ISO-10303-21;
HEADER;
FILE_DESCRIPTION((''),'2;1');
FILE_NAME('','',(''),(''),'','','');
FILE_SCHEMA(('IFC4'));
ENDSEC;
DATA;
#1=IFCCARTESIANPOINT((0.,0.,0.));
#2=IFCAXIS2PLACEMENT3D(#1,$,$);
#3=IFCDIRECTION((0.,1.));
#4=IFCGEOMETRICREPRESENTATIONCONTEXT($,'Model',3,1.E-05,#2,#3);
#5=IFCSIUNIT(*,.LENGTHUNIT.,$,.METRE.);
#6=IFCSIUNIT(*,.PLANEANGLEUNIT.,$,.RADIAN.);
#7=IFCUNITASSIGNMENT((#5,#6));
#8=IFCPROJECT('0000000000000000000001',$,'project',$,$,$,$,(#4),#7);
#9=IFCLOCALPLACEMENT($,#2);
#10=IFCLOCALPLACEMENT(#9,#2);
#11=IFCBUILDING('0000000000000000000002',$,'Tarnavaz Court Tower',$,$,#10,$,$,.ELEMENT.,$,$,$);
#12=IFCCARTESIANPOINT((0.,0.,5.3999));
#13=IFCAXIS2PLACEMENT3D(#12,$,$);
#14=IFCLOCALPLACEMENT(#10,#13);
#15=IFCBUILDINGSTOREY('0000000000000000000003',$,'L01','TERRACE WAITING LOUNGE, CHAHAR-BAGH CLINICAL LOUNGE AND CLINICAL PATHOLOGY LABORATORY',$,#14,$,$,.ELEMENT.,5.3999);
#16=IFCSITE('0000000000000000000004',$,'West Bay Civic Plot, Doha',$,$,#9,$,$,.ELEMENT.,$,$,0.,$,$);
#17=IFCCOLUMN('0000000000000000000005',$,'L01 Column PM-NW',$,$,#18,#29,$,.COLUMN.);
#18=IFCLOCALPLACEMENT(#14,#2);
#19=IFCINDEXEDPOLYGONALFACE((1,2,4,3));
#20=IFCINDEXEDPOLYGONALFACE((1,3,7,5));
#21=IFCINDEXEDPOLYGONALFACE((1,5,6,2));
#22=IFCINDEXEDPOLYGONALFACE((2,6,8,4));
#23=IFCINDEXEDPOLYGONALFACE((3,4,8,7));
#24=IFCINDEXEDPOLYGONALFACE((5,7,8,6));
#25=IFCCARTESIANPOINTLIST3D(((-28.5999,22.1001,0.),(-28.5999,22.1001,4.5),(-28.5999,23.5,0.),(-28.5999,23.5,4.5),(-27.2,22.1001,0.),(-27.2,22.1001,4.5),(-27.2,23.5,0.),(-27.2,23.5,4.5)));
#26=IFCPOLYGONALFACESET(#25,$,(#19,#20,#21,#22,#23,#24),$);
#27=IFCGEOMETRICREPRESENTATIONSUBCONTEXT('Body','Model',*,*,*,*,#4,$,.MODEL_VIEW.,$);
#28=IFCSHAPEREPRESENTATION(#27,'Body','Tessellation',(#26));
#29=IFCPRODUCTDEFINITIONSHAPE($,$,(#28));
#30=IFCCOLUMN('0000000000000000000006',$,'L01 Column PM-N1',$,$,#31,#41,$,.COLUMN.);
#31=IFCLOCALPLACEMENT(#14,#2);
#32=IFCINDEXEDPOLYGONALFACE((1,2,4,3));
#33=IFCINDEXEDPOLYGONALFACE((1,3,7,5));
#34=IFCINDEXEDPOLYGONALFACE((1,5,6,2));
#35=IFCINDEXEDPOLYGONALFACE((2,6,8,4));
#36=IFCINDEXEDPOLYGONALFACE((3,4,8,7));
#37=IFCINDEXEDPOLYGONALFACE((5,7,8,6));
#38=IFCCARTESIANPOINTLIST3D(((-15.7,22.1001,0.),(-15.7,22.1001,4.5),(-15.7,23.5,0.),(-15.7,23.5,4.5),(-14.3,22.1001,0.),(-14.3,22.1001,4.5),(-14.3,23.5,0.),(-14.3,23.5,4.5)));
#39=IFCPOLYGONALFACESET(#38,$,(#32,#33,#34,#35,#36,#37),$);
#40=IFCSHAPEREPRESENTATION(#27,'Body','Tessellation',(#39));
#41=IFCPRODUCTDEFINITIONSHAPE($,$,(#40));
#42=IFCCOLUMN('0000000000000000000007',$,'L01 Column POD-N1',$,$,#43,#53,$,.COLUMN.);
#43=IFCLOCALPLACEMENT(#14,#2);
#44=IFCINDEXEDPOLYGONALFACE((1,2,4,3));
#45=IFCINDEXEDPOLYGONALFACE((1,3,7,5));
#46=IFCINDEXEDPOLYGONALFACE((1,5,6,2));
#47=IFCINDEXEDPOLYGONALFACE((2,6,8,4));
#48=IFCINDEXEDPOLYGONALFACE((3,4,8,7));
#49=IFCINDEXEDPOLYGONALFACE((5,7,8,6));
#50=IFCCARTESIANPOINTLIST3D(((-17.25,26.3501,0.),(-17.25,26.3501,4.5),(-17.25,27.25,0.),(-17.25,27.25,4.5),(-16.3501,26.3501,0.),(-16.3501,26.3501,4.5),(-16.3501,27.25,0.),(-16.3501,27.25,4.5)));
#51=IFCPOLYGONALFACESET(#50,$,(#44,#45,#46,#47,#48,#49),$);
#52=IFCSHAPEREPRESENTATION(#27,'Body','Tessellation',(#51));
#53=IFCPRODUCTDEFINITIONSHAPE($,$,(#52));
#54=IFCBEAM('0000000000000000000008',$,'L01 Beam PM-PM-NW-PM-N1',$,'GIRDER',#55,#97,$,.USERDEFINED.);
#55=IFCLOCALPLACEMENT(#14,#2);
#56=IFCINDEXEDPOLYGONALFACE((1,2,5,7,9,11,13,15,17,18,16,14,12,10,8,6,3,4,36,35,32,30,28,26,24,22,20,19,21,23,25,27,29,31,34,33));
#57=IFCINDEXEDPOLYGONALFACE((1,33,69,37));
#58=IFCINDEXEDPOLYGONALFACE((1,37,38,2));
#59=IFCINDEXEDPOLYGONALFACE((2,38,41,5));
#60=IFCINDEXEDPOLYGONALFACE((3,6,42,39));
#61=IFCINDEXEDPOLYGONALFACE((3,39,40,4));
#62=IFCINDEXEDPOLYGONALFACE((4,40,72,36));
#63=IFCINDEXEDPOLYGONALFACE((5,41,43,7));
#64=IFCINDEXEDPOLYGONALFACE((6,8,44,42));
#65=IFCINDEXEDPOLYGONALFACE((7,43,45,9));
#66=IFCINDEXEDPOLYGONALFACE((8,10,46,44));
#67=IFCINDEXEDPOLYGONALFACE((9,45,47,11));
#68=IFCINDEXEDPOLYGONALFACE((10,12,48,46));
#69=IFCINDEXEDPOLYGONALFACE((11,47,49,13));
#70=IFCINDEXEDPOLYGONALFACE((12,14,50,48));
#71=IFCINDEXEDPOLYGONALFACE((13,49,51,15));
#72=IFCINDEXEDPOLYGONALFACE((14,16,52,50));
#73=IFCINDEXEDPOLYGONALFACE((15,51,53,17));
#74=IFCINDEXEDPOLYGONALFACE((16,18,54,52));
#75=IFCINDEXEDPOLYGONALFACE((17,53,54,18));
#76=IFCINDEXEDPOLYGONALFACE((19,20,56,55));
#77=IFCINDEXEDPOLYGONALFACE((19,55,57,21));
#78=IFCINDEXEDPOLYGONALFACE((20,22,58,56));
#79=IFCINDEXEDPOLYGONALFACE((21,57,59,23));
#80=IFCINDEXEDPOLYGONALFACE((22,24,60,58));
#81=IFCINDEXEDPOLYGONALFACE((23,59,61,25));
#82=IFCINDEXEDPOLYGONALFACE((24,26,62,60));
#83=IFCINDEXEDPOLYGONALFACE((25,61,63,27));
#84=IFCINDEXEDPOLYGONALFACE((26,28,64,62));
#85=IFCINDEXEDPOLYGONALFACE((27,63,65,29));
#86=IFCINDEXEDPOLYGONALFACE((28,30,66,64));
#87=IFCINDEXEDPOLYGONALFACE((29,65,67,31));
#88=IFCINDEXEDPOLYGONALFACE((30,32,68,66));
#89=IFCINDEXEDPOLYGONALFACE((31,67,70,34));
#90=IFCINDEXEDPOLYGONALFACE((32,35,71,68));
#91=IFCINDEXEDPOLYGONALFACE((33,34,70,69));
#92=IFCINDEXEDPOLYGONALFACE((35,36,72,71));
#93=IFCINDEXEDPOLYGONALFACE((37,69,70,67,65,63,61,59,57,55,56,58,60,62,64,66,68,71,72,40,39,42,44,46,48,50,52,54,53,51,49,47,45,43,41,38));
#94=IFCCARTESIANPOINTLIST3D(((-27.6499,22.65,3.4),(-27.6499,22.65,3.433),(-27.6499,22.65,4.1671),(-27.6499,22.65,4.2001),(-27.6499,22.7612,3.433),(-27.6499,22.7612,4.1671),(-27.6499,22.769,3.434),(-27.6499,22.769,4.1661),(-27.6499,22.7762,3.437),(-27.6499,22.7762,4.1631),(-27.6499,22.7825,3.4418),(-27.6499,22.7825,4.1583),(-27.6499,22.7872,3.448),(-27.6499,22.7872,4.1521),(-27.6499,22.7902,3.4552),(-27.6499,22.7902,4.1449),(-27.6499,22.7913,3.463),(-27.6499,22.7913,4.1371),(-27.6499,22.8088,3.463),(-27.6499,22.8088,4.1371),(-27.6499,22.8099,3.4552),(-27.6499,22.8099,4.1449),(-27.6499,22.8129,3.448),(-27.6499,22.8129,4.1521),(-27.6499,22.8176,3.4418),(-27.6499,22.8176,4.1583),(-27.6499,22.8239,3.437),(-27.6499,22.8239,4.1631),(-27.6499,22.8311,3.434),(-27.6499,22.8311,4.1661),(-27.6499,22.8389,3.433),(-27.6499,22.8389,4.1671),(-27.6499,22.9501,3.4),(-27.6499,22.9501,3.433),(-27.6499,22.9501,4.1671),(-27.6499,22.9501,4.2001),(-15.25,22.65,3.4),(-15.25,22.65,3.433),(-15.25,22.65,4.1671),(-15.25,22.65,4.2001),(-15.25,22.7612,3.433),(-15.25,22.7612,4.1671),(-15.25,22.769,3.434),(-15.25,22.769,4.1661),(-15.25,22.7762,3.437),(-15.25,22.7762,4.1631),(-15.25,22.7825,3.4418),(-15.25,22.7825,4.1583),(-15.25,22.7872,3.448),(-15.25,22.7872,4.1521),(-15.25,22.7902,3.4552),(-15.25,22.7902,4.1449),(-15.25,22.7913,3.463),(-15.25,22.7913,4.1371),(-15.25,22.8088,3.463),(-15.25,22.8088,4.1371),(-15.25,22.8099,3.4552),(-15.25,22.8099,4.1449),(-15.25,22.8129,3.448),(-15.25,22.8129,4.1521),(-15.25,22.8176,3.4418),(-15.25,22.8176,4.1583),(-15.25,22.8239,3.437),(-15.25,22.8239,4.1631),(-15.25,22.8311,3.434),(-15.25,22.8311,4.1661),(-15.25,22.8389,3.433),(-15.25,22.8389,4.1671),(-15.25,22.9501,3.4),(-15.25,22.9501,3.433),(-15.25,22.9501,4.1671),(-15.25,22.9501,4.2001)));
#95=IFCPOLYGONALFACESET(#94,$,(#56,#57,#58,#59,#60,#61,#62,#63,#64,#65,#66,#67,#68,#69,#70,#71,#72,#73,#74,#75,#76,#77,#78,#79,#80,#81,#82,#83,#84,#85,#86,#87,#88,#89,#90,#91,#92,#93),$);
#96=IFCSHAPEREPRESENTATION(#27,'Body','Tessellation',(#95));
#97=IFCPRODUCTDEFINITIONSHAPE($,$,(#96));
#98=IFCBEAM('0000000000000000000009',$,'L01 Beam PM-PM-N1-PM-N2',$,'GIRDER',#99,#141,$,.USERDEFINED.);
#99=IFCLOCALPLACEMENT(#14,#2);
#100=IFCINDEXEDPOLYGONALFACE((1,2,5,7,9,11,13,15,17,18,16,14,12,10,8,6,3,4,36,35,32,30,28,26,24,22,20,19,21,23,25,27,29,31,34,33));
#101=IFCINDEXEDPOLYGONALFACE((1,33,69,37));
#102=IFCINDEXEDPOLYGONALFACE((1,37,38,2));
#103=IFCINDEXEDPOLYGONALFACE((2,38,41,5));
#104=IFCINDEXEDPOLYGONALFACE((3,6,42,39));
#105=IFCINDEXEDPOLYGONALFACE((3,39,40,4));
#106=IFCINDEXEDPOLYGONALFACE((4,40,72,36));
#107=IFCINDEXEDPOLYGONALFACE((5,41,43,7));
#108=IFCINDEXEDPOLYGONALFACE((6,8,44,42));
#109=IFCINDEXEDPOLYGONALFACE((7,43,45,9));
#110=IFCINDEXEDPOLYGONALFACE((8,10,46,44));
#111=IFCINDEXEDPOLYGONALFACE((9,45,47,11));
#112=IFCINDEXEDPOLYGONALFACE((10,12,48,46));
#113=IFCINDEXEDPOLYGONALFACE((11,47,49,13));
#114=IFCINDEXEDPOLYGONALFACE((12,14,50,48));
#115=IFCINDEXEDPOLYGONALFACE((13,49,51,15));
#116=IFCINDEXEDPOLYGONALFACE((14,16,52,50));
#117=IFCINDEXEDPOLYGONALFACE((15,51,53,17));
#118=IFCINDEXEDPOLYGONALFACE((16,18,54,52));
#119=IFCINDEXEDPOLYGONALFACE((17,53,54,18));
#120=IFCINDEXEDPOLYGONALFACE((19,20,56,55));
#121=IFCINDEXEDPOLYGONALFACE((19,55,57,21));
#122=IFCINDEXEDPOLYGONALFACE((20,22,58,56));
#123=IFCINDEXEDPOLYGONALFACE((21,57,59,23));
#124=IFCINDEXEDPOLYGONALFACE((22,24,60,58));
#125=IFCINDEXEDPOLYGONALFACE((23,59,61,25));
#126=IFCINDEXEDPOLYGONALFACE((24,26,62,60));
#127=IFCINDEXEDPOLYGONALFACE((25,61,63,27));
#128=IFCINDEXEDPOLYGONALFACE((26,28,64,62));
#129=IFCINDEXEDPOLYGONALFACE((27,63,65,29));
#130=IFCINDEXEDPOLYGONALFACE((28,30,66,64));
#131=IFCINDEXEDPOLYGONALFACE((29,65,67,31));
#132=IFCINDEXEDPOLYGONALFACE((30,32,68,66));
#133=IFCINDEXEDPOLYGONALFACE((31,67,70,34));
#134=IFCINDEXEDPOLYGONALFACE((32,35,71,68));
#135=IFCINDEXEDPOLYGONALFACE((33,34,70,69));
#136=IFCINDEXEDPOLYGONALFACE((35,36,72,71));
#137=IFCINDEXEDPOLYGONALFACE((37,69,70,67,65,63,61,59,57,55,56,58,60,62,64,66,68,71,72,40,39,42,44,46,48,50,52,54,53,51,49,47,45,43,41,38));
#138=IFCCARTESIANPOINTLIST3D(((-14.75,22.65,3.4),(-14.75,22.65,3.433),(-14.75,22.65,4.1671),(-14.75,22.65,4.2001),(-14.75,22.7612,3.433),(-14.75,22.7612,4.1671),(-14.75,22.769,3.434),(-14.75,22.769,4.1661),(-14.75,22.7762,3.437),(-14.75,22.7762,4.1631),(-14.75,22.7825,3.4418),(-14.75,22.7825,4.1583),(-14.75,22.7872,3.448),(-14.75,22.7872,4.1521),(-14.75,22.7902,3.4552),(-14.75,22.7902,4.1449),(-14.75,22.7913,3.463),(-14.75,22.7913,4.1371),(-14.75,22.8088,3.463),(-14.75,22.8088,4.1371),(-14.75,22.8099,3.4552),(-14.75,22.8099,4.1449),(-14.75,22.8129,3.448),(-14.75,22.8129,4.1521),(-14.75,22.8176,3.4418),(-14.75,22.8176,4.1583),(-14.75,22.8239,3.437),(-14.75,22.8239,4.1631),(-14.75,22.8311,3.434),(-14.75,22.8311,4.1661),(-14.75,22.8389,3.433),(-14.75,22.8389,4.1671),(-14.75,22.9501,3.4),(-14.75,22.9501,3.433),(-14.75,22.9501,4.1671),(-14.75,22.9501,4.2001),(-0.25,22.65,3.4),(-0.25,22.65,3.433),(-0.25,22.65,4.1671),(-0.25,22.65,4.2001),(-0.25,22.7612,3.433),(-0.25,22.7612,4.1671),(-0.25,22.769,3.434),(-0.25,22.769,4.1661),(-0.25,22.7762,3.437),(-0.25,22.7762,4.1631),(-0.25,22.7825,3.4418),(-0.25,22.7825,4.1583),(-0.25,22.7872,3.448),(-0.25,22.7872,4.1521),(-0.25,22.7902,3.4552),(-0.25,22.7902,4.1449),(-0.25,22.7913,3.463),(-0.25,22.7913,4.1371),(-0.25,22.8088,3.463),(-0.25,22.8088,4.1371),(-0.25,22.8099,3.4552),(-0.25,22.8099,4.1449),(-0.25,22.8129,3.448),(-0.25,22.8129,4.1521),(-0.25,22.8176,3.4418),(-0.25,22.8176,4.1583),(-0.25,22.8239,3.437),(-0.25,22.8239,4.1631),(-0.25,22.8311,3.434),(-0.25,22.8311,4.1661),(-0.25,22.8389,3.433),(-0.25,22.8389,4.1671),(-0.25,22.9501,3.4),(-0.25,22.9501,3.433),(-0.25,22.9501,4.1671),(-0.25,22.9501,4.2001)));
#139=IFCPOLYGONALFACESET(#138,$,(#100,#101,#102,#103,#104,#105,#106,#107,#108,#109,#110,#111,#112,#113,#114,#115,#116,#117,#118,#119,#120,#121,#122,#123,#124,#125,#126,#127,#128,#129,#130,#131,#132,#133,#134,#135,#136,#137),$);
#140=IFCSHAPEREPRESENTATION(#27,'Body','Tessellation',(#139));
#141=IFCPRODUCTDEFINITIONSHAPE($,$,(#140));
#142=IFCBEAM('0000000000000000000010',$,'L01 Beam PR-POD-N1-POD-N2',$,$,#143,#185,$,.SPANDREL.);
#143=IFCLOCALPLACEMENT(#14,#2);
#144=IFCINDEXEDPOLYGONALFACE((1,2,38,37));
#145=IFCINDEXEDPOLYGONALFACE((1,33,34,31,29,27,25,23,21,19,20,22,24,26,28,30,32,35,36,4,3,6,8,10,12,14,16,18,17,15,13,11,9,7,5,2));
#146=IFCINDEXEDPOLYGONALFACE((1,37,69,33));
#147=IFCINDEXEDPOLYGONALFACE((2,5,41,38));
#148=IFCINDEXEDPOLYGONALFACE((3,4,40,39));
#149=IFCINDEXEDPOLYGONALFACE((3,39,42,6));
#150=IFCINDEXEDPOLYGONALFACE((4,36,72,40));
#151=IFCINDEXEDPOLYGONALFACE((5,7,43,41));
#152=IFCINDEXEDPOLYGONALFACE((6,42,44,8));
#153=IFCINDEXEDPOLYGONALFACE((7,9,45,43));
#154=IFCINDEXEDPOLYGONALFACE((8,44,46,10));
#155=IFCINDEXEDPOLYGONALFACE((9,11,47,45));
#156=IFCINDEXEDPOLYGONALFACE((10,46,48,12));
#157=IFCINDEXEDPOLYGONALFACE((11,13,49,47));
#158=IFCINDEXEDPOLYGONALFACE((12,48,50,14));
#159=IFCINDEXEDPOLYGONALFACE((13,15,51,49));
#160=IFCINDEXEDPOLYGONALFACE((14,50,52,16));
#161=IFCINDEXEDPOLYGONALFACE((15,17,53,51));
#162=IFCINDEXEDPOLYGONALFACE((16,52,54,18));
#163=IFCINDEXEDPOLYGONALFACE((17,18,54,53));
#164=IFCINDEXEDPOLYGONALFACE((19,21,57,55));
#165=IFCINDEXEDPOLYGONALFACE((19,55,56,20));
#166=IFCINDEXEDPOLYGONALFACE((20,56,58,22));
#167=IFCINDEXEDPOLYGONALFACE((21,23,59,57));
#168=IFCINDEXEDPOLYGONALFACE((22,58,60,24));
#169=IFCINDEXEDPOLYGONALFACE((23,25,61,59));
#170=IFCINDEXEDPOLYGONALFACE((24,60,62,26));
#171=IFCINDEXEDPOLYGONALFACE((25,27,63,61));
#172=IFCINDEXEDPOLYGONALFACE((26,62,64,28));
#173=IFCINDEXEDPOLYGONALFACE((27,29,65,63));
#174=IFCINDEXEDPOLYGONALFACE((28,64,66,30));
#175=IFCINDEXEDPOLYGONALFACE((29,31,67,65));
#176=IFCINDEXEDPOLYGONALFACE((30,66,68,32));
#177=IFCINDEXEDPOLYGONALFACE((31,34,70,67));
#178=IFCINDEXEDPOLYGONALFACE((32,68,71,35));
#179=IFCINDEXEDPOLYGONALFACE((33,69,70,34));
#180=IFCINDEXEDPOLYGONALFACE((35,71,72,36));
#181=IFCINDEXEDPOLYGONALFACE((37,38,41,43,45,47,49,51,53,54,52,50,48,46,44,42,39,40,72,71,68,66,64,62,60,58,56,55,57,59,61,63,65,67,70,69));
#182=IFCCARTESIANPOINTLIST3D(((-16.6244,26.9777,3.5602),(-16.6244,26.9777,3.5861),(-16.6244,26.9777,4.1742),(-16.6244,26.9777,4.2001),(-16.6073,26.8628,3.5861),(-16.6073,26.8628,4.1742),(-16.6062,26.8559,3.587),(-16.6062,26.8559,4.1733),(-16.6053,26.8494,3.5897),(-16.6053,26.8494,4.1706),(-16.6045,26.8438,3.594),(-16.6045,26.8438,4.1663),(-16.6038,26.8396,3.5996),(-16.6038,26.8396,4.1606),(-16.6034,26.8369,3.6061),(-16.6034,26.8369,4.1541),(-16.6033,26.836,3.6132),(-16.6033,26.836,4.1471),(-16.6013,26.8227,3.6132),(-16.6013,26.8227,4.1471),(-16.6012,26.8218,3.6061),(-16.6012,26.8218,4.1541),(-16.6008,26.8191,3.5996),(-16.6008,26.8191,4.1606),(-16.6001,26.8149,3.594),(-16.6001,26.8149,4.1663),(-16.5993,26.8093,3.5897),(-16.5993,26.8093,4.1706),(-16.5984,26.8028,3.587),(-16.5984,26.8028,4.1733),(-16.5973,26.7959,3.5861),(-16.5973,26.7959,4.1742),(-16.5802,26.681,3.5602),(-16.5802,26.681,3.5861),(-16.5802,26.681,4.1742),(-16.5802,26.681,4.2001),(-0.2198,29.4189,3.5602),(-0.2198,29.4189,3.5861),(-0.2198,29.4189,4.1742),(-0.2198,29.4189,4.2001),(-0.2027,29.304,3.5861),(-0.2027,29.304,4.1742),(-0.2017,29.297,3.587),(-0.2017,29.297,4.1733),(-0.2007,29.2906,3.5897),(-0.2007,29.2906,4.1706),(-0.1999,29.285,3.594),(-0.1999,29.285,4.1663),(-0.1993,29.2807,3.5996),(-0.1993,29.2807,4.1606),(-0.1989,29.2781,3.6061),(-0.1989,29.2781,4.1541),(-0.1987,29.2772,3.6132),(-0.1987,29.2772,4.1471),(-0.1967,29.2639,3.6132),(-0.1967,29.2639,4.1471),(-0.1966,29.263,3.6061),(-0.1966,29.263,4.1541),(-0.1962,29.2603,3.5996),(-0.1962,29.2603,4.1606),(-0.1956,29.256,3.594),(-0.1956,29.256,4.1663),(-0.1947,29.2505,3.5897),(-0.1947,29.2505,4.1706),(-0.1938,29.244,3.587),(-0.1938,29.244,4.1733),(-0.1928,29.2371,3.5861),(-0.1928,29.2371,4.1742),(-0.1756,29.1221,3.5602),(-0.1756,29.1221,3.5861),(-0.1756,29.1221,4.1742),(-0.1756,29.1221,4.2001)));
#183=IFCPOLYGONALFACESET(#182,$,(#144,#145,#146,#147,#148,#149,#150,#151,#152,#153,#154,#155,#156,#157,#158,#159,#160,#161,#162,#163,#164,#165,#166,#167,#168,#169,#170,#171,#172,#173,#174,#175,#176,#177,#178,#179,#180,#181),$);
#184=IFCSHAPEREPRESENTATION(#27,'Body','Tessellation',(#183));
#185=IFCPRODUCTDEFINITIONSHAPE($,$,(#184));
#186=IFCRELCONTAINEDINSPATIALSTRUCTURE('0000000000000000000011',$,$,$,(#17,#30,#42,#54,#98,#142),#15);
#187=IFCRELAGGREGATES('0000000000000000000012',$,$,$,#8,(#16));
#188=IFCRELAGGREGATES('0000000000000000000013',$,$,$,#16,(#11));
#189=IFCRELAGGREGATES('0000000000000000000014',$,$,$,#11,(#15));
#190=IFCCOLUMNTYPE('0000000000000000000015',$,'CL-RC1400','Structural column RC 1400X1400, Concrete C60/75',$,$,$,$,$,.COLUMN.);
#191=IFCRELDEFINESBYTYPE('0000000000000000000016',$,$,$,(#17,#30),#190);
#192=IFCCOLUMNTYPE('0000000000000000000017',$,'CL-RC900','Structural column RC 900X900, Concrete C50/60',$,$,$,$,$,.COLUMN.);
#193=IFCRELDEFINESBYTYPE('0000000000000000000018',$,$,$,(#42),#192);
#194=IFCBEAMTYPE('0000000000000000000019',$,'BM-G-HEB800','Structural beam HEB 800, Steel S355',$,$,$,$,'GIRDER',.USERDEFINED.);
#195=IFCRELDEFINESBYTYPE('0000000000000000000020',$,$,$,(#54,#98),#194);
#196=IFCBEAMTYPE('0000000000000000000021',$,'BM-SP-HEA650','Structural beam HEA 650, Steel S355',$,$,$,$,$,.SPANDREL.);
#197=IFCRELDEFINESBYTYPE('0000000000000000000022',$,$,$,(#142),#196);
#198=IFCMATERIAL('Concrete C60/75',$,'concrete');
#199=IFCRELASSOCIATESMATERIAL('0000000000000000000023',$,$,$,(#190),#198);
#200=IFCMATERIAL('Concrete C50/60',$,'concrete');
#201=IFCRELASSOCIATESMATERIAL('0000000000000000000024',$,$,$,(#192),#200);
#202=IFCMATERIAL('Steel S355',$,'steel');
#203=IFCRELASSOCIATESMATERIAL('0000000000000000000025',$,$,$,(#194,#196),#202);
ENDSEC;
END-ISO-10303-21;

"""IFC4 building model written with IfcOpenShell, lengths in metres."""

from ifc_helpers import new_model, si_unit, direction, frame, origin, origin_2d, place, context, subcontext, project, spatial, rectangle, i_section, extrude, material, material_profile, profile_set, type_object, element, save


model = new_model("IFC4")

# Units and contexts
model_context = context("Model", 3, precision=1e-05, world=origin(), true_north=direction((0.0, 1.0)))
body_context = subcontext(model_context, "Body", "Model", "MODEL_VIEW")
ifc_project = project(units=[si_unit("LENGTHUNIT", "METRE"), si_unit("PLANEANGLEUNIT", "RADIAN")], contexts=[model_context])

# Site, building, storey
site_placement = place(None, origin())
site = spatial("IfcSite", under=ifc_project, at=site_placement, Name="West Bay Civic Plot, Doha", CompositionType="ELEMENT", RefElevation=0.0)
building_placement = place(site_placement, origin())
building = spatial("IfcBuilding", under=site, at=building_placement, Name="Tarnavaz Court Tower", CompositionType="ELEMENT")
storey_placement = place(building_placement, frame((0.0, 0.0, 5.3999)))
storey = spatial("IfcBuildingStorey", under=building, at=storey_placement, Name="L01", Description="TERRACE WAITING LOUNGE, CHAHAR-BAGH CLINICAL LOUNGE AND CLINICAL PATHOLOGY LABORATORY", CompositionType="ELEMENT", Elevation=5.3999)

# Columns
ifc_material_1 = material(Name="Concrete C60/75", Category="concrete")
ifc_material_profile_1 = material_profile(ifc_material_1, rectangle(XDim=1.3999, YDim=1.3999, at=origin_2d()), Name="RC 1400X1400")
ifc_profile_set_1 = profile_set([ifc_material_profile_1], Name="Concrete C60/75")
column_type_1 = type_object("IfcColumnType", Name="CL-RC1400", Description="Structural column RC 1400X1400, Concrete C60/75", PredefinedType="COLUMN", material=ifc_profile_set_1)
for number, where, z_axis, x_axis, name in (
    (1, (-27.8999, 22.8, 0.0), (0.0, 0.0, 1.0), (1.0, 0.0, 0.0), "L01 Column PM-NW"),
    (2, (-15.0, 22.8, 0.0), (0.0, 0.0, 1.0), (1.0, 0.0, 0.0), "L01 Column PM-N1"),
):
    element("IfcColumn", number, at=place(storey_placement, frame(where, z_axis=z_axis, x_axis=x_axis)), inside=storey, type_object=column_type_1, Name=name, PredefinedType="COLUMN", context=body_context, shape_type="SweptSolid", body=[
        extrude(rectangle(XDim=1.3999, YDim=1.3999, at=origin_2d()), origin(), (0.0, 0.0, 1.0), 4.5),
    ])
ifc_material_2 = material(Name="Concrete C50/60", Category="concrete")
ifc_material_profile_2 = material_profile(ifc_material_2, rectangle(XDim=0.8999, YDim=0.8999, at=origin_2d()), Name="RC 900X900")
ifc_profile_set_2 = profile_set([ifc_material_profile_2], Name="Concrete C50/60")
column_type_2 = type_object("IfcColumnType", Name="CL-RC900", Description="Structural column RC 900X900, Concrete C50/60", PredefinedType="COLUMN", material=ifc_profile_set_2)
column_placement = place(storey_placement, frame((-16.8, 26.8, 0.0), z_axis=(0.0, 0.0, 1.0), x_axis=(1.0, 0.0, 0.0)))
element("IfcColumn", 3, at=column_placement, inside=storey, type_object=column_type_2, Name="L01 Column POD-N1", PredefinedType="COLUMN", context=body_context, shape_type="SweptSolid", body=[
    extrude(rectangle(XDim=0.8999, YDim=0.8999, at=origin_2d()), origin(), (0.0, 0.0, 1.0), 4.5),
])

# Beams
ifc_material_3 = material(Name="Steel S355", Category="steel")
ifc_material_profile_3 = material_profile(ifc_material_3, i_section(OverallWidth=0.3, OverallDepth=0.8, WebThickness=0.0176, FlangeThickness=0.033, FilletRadius=0.03, at=origin_2d()), Name="HEB 800")
ifc_profile_set_3 = profile_set([ifc_material_profile_3], Name="Steel S355")
beam_type_1 = type_object("IfcBeamType", Name="BM-G-HEB800", Description="Structural beam HEB 800, Steel S355", ElementType="GIRDER", PredefinedType="USERDEFINED", material=ifc_profile_set_3)
beam_1_placement = place(storey_placement, frame((-27.6499, 22.8, 3.8), z_axis=(1.0, 0.0, 0.0), x_axis=(0.0, 1.0, 0.0)))
element("IfcBeam", 4, at=beam_1_placement, inside=storey, type_object=beam_type_1, Name="L01 Beam PM-PM-NW-PM-N1", ObjectType="GIRDER", PredefinedType="USERDEFINED", context=body_context, shape_type="SweptSolid", body=[
    extrude(i_section(OverallWidth=0.3, OverallDepth=0.8, WebThickness=0.0176, FlangeThickness=0.033, FilletRadius=0.03, at=origin_2d()), origin(), (0.0, 0.0, 1.0), 12.3999),
])
beam_2_placement = place(storey_placement, frame((-14.75, 22.8, 3.8), z_axis=(1.0, 0.0, 0.0), x_axis=(0.0, 1.0, 0.0)))
element("IfcBeam", 5, at=beam_2_placement, inside=storey, type_object=beam_type_1, Name="L01 Beam PM-PM-N1-PM-N2", ObjectType="GIRDER", PredefinedType="USERDEFINED", context=body_context, shape_type="SweptSolid", body=[
    extrude(i_section(OverallWidth=0.3, OverallDepth=0.8, WebThickness=0.0176, FlangeThickness=0.033, FilletRadius=0.03, at=origin_2d()), origin(), (0.0, 0.0, 1.0), 14.5),
])
ifc_material_profile_4 = material_profile(ifc_material_3, i_section(OverallWidth=0.3, OverallDepth=0.6399, WebThickness=0.0134, FlangeThickness=0.0259, FilletRadius=0.0271, at=origin_2d()), Name="HEA 650")
ifc_profile_set_4 = profile_set([ifc_material_profile_4], Name="Steel S355")
beam_type_2 = type_object("IfcBeamType", Name="BM-SP-HEA650", Description="Structural beam HEA 650, Steel S355", PredefinedType="SPANDREL", material=ifc_profile_set_4)
beam_3_placement = place(storey_placement, frame((-16.6023, 26.8293, 3.8801), z_axis=(0.989108, 0.147189, 0.0), x_axis=(-0.147189, 0.989108, 0.0)))
element("IfcBeam", 6, at=beam_3_placement, inside=storey, type_object=beam_type_2, Name="L01 Beam PR-POD-N1-POD-N2", PredefinedType="SPANDREL", context=body_context, shape_type="SweptSolid", body=[
    extrude(i_section(OverallWidth=0.3, OverallDepth=0.6399, WebThickness=0.0134, FlangeThickness=0.0259, FilletRadius=0.0271, at=origin_2d()), origin(), (0.0, 0.0, 1.0), 16.5852),
])

save(model, "model.ifc")
